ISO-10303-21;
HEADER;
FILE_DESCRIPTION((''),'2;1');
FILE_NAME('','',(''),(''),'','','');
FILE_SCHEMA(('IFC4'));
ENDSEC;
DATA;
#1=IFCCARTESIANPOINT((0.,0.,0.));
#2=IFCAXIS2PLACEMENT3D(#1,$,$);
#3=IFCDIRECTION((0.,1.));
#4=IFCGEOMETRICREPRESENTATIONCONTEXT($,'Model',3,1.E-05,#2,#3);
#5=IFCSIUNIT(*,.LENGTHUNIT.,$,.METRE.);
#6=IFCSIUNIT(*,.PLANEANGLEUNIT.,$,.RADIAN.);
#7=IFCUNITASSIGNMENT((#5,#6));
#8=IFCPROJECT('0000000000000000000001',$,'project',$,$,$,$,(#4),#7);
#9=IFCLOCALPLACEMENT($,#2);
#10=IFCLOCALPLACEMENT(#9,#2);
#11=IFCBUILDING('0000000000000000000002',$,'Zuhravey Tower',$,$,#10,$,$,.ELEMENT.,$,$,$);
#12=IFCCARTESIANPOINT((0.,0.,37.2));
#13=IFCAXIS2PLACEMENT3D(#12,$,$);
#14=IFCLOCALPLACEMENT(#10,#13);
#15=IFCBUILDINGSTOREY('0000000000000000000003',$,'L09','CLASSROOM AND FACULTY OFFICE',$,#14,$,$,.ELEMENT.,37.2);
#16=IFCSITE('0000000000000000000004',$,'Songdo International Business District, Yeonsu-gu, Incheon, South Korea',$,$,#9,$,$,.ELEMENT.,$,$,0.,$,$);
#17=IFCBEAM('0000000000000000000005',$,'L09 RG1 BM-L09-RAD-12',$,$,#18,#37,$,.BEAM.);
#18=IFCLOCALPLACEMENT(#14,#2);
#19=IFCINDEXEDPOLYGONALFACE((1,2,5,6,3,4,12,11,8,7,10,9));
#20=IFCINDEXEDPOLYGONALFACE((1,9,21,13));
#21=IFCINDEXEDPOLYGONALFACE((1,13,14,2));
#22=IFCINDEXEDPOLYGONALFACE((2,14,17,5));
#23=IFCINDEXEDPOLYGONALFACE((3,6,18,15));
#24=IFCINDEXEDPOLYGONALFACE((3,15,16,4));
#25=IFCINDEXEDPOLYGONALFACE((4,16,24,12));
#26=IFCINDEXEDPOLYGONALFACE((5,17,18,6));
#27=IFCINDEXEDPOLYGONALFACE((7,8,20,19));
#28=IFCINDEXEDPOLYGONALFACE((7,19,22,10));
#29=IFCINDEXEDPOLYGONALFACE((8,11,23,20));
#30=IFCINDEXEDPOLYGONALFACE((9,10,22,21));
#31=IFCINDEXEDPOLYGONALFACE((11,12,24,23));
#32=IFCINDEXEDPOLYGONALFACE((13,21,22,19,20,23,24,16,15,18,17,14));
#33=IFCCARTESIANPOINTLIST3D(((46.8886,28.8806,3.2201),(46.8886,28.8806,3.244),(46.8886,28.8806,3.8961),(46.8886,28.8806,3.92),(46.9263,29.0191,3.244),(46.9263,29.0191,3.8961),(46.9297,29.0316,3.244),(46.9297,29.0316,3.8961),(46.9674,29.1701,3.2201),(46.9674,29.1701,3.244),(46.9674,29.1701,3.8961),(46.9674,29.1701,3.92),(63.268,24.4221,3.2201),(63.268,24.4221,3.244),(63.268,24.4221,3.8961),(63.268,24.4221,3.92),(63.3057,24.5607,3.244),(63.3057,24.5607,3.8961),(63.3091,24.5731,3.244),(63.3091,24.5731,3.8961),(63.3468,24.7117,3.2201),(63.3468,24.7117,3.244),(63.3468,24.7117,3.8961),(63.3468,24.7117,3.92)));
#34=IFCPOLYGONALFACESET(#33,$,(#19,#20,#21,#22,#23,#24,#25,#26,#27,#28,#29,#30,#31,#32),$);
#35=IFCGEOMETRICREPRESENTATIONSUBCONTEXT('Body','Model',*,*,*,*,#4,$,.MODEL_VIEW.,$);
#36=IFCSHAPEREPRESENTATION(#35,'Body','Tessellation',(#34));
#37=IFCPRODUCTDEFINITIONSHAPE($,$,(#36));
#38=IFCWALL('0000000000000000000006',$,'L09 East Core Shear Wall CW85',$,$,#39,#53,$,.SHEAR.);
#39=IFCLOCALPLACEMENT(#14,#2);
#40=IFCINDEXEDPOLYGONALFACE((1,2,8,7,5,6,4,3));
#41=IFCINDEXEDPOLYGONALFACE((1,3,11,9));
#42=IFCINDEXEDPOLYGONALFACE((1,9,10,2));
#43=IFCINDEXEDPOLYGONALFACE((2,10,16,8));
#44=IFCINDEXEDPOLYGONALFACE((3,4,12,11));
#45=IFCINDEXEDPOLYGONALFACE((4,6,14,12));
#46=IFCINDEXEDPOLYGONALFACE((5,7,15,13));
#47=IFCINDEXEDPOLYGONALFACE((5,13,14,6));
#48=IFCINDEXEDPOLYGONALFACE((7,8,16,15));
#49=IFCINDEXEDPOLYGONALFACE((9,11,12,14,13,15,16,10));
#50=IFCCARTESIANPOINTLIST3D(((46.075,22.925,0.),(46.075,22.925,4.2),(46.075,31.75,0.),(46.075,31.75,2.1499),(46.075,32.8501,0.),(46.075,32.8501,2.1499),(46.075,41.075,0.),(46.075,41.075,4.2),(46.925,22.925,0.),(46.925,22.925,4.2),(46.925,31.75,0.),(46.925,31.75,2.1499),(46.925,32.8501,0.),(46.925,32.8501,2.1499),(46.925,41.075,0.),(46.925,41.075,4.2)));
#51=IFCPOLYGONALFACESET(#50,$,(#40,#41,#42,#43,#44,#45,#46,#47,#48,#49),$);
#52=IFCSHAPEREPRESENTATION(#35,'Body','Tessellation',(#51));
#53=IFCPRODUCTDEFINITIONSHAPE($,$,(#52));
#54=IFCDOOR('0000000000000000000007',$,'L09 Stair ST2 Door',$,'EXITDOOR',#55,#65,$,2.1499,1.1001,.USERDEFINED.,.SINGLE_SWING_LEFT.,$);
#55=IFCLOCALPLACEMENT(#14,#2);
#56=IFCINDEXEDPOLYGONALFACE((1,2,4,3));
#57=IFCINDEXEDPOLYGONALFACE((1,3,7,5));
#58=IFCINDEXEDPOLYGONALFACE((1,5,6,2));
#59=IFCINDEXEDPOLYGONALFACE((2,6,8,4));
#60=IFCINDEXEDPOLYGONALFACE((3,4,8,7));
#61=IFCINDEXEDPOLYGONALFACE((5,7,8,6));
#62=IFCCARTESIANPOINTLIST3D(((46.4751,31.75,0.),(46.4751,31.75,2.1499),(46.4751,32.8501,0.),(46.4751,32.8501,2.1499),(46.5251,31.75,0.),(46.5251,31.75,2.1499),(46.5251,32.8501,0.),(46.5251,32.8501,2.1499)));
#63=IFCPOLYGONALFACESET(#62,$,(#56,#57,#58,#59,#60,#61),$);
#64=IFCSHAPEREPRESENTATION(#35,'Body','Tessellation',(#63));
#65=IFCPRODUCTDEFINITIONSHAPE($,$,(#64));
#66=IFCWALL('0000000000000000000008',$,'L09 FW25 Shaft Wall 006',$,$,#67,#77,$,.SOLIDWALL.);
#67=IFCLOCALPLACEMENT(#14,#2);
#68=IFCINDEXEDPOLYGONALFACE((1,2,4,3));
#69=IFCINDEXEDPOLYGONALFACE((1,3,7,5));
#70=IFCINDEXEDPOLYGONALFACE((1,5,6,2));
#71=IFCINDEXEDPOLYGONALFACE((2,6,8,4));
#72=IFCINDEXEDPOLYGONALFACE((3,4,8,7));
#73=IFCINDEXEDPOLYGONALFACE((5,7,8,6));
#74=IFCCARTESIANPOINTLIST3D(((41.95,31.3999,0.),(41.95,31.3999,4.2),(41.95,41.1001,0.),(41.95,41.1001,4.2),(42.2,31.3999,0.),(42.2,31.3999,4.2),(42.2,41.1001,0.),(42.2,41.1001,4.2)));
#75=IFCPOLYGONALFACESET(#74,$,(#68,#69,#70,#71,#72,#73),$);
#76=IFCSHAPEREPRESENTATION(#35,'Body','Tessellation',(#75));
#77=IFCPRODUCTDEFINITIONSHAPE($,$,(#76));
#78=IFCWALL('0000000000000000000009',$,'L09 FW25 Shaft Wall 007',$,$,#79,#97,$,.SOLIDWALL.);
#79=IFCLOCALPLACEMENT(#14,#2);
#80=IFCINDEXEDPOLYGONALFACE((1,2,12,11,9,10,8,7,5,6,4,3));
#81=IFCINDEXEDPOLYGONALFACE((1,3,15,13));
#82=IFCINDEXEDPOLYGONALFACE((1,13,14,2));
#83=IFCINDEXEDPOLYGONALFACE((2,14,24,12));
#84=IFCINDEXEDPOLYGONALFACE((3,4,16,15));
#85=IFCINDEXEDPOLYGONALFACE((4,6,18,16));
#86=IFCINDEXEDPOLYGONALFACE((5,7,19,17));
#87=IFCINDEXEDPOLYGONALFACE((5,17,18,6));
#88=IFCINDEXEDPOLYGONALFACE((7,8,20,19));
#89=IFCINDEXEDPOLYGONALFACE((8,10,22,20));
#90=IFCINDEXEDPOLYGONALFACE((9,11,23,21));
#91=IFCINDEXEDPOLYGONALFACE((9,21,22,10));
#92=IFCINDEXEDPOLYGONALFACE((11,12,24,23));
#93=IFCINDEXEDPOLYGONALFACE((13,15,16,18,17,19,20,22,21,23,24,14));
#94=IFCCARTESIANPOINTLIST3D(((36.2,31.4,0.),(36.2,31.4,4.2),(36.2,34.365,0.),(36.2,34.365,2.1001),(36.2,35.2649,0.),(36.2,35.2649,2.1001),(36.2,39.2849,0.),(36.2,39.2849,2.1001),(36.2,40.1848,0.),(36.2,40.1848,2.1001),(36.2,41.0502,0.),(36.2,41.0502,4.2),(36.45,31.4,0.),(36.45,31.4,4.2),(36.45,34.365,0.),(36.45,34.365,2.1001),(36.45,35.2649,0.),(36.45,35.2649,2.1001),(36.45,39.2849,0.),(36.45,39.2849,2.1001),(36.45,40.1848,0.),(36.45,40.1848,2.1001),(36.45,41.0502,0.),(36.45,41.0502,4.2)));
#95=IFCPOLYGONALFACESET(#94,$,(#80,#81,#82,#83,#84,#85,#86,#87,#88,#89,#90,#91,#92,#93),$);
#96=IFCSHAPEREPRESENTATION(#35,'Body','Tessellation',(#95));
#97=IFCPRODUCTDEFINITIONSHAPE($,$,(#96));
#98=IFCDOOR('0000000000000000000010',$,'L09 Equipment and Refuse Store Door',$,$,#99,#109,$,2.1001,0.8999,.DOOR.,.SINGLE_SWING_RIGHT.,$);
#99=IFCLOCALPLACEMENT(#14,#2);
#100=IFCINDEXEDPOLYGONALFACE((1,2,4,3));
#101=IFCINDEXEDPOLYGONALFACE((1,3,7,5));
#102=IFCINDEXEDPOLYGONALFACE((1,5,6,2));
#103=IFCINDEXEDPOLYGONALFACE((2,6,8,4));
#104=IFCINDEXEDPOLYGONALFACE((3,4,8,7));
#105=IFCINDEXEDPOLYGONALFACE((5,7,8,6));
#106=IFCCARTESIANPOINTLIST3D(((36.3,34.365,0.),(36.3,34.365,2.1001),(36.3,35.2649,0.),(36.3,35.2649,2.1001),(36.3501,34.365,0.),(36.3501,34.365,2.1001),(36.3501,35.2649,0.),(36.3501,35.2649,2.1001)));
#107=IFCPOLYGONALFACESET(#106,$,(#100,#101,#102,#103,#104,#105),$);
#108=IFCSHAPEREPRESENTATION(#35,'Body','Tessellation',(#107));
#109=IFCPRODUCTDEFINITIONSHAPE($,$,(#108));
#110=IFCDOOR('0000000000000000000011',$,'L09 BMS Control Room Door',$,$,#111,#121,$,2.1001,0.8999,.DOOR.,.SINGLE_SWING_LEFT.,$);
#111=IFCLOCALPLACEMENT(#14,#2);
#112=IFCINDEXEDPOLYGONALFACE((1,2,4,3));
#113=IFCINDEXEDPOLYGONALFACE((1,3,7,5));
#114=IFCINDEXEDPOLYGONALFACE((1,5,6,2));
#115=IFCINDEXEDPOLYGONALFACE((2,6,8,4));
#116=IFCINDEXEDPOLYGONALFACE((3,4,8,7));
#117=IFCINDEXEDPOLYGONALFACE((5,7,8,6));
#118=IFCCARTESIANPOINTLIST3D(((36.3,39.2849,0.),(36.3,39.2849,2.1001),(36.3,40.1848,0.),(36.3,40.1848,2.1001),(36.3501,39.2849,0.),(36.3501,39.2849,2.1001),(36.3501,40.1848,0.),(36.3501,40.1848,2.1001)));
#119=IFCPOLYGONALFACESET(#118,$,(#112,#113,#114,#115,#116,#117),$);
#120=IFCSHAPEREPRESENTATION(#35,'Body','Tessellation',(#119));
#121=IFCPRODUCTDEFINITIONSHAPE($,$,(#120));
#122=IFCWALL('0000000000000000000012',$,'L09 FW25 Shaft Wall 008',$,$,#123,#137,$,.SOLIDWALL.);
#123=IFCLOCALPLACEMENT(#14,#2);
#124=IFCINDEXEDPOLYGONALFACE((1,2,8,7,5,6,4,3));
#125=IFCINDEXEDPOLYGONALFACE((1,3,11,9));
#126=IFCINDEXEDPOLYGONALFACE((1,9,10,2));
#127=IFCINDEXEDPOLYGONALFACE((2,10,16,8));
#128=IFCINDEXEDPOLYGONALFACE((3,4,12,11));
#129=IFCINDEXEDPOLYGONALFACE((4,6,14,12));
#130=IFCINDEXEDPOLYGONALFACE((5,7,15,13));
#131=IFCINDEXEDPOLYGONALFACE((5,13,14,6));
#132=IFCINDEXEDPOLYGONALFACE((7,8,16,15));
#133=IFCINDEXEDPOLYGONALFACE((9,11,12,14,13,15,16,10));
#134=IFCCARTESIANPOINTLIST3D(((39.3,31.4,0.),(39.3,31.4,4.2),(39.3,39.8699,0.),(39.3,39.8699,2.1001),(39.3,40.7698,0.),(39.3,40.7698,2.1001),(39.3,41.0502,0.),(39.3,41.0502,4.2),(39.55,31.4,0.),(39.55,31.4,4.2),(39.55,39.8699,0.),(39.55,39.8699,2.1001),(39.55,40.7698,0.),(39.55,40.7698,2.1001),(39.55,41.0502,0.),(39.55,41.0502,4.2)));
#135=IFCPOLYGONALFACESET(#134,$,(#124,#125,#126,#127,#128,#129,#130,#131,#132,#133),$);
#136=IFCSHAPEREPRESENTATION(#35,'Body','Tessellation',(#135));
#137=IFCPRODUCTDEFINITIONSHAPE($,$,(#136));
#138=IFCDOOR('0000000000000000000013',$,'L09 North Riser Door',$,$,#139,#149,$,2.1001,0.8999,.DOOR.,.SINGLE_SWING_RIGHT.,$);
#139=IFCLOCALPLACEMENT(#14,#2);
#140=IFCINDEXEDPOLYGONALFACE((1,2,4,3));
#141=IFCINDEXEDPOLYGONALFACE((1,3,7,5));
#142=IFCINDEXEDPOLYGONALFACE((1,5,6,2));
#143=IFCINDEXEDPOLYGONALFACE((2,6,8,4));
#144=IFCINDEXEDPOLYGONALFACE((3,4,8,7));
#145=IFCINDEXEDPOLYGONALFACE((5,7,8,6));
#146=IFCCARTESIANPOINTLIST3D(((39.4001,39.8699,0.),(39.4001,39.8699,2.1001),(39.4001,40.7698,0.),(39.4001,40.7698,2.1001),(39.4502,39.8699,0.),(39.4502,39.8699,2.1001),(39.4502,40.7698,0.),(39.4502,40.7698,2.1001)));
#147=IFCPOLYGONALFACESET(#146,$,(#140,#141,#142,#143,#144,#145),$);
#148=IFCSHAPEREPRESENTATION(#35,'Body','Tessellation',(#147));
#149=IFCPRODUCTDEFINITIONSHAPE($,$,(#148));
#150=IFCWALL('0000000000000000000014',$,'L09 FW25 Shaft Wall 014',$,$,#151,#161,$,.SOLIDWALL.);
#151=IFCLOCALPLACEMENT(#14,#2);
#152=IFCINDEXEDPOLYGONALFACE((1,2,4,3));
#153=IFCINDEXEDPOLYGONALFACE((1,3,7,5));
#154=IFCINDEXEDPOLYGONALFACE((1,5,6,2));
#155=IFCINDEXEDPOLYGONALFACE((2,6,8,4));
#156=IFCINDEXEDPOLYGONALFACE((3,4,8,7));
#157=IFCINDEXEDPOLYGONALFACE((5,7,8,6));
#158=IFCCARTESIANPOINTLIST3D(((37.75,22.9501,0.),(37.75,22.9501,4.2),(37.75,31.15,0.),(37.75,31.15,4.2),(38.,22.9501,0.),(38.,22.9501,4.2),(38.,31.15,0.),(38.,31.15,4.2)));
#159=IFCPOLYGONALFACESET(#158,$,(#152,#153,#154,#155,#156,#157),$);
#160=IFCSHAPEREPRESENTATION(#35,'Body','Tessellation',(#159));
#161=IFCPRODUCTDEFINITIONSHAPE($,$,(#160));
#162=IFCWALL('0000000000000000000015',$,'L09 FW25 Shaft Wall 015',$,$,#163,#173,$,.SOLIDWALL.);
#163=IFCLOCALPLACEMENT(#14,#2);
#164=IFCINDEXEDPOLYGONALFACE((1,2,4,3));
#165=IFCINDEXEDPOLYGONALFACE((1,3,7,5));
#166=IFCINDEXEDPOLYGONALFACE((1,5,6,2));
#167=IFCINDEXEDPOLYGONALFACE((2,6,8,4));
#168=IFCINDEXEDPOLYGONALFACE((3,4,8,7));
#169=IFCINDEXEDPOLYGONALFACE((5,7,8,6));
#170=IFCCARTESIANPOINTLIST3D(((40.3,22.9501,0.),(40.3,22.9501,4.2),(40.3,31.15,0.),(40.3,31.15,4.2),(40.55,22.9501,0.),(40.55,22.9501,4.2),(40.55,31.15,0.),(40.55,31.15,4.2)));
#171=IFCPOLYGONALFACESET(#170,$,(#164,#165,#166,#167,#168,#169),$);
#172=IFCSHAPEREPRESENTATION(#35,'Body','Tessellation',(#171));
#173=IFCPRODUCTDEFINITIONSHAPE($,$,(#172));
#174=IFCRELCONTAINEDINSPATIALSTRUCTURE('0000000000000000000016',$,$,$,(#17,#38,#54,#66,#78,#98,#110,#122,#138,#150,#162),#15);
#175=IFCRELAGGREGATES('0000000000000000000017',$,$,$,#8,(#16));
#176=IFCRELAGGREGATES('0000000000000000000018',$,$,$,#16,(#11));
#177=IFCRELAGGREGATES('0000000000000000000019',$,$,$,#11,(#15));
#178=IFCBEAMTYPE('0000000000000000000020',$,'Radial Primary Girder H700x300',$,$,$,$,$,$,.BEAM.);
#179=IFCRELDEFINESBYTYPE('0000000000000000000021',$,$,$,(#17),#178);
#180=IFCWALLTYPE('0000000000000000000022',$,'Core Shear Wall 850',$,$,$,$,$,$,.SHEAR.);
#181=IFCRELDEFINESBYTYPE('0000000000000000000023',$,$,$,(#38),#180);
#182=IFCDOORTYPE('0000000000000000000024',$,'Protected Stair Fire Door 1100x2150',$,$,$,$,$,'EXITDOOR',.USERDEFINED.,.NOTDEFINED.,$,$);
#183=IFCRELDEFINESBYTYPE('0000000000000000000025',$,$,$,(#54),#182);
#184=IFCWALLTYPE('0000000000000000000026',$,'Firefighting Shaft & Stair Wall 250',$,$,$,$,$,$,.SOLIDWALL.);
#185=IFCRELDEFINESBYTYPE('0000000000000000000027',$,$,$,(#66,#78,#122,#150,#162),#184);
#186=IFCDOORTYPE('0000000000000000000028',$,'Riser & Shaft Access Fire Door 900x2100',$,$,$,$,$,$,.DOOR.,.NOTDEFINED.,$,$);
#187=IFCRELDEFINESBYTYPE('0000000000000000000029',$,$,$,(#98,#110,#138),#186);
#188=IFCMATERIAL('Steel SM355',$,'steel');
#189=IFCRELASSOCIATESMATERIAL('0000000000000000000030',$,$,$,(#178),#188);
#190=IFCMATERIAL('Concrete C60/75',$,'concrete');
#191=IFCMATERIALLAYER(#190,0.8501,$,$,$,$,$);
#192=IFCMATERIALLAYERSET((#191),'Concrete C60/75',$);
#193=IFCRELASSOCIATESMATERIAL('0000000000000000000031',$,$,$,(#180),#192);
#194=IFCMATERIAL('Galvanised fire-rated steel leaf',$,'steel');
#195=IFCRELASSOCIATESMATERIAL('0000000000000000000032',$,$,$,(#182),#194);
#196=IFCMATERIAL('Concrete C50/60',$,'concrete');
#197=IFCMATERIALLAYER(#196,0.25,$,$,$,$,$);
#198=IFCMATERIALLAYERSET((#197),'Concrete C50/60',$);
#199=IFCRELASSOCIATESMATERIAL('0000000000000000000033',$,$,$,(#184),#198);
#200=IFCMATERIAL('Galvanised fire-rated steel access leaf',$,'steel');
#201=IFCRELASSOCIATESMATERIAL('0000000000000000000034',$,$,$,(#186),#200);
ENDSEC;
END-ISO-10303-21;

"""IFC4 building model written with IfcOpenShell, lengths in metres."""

from ifc_helpers import new_model, si_unit, direction, frame, frame_2d, origin, origin_2d, place, context, subcontext, project, spatial, rectangle, i_section, extrude, material, layer, layer_set, material_profile, profile_set, type_object, element, fill, save


model = new_model("IFC4")

# Units and contexts
model_context = context("Model", 3, precision=1e-05, world=origin(), true_north=direction((0.0, 1.0)))
body_context = subcontext(model_context, "Body", "Model", "MODEL_VIEW")
ifc_project = project(units=[si_unit("LENGTHUNIT", "METRE"), si_unit("PLANEANGLEUNIT", "RADIAN")], contexts=[model_context])

# Site, building, storey
site_placement = place(None, origin())
site = spatial("IfcSite", under=ifc_project, at=site_placement, Name="Songdo International Business District, Yeonsu-gu, Incheon, South Korea", CompositionType="ELEMENT", RefElevation=0.0)
building_placement = place(site_placement, origin())
building = spatial("IfcBuilding", under=site, at=building_placement, Name="Zuhravey Tower", CompositionType="ELEMENT")
storey_placement = place(building_placement, frame((0.0, 0.0, 37.2)))
storey = spatial("IfcBuildingStorey", under=building, at=storey_placement, Name="L09", Description="CLASSROOM AND FACULTY OFFICE", CompositionType="ELEMENT", Elevation=37.2)

# Beam
ifc_material_1 = material(Name="Steel SM355", Category="steel")
ifc_material_profile = material_profile(ifc_material_1, i_section(OverallWidth=0.3, OverallDepth=0.7, WebThickness=0.0129, FlangeThickness=0.0239, at=origin_2d()), Name="H-700x300x13x24")
ifc_profile_set = profile_set([ifc_material_profile], Name="Steel SM355")
beam_type = type_object("IfcBeamType", Name="Radial Primary Girder H700x300", PredefinedType="BEAM", material=ifc_profile_set)
beam_placement = place(storey_placement, frame((46.928, 29.0254, 3.5701), z_axis=(0.964892, -0.262645, 0.0), x_axis=(0.262645, 0.964892, 0.0)))
element("IfcBeam", 1, at=beam_placement, inside=storey, type_object=beam_type, Name="L09 RG1 BM-L09-RAD-12", PredefinedType="BEAM", context=body_context, shape_type="SweptSolid", body=[
    extrude(i_section(OverallWidth=0.3, OverallDepth=0.7, WebThickness=0.0129, FlangeThickness=0.0239, at=origin_2d()), origin(), (0.0, 0.0, 1.0), 16.9753),
])

# Wall, opening, door
ifc_material_2 = material(Name="Concrete C60/75", Category="concrete")
ifc_layer_1 = layer(ifc_material_2, 0.8501)
ifc_layer_set_1 = layer_set([ifc_layer_1], Name="Concrete C60/75")
wall_type_1 = type_object("IfcWallType", Name="Core Shear Wall 850", PredefinedType="SHEAR", material=ifc_layer_set_1)
ifc_material_3 = material(Name="Galvanised fire-rated steel leaf", Category="steel")
wall_1_placement = place(storey_placement, frame((46.5, 22.925, 0.0), z_axis=(0.0, 0.0, 1.0), x_axis=(0.0, 1.0, 0.0)))
wall_1 = element("IfcWall", 2, at=wall_1_placement, inside=storey, type_object=wall_type_1, Name="L09 East Core Shear Wall CW85", PredefinedType="SHEAR", context=body_context, shape_type="SweptSolid", body=[
    extrude(rectangle(XDim=18.1499, YDim=0.8501, at=frame_2d((9.075, 0.0))), origin(), (0.0, 0.0, 1.0), 4.2),
])
opening_1_placement = place(wall_1_placement, frame((8.825, 0.0, 0.0)))
opening_1 = element("IfcOpeningElement", 3, at=opening_1_placement, cuts=wall_1, PredefinedType="OPENING", context=body_context, shape_type="SweptSolid", body=[
    extrude(rectangle(XDim=1.1001, YDim=2.1499, at=frame_2d((0.55, 1.075))), frame((0.0, 0.437, 0.0), z_axis=(0.0, -1.0, 0.0), x_axis=(1.0, 0.0, 0.0)), (0.0, 0.0, 1.0), 0.874),
])
door_type_1 = type_object("IfcDoorType", Name="Protected Stair Fire Door 1100x2150", ElementType="EXITDOOR", OperationType="NOTDEFINED", PredefinedType="USERDEFINED", material=ifc_material_3)
door_1_placement = place(opening_1_placement, origin())
door_1 = element("IfcDoor", 4, at=door_1_placement, inside=storey, type_object=door_type_1, Name="L09 Stair ST2 Door", ObjectType="EXITDOOR", OperationType="SINGLE_SWING_LEFT", OverallHeight=2.1499, OverallWidth=1.1001, PredefinedType="USERDEFINED", context=body_context, shape_type="SweptSolid", body=[
    extrude(rectangle(XDim=1.1001, YDim=2.1499, at=frame_2d((0.55, 1.075))), frame((0.0, 0.0249, 0.0), z_axis=(0.0, -1.0, 0.0), x_axis=(1.0, 0.0, 0.0)), (0.0, 0.0, 1.0), 0.05),
])
fill(opening_1, door_1)

# Wall
ifc_material_4 = material(Name="Concrete C50/60", Category="concrete")
ifc_layer_2 = layer(ifc_material_4, 0.25)
ifc_layer_set_2 = layer_set([ifc_layer_2], Name="Concrete C50/60")
wall_type_2 = type_object("IfcWallType", Name="Firefighting Shaft & Stair Wall 250", PredefinedType="SOLIDWALL", material=ifc_layer_set_2)
wall_2_placement = place(storey_placement, frame((42.075, 31.3999, 0.0), z_axis=(0.0, 0.0, 1.0), x_axis=(0.0, 1.0, 0.0)))
element("IfcWall", 5, at=wall_2_placement, inside=storey, type_object=wall_type_2, Name="L09 FW25 Shaft Wall 006", PredefinedType="SOLIDWALL", context=body_context, shape_type="SweptSolid", body=[
    extrude(rectangle(XDim=9.7002, YDim=0.25, at=frame_2d((4.8501, 0.0))), origin(), (0.0, 0.0, 1.0), 4.2),
])

# Wall, openings, doors
wall_3_placement = place(storey_placement, frame((36.325, 31.3999, 0.0), z_axis=(0.0, 0.0, 1.0), x_axis=(0.0, 1.0, 0.0)))
wall_3 = element("IfcWall", 6, at=wall_3_placement, inside=storey, type_object=wall_type_2, Name="L09 FW25 Shaft Wall 007", PredefinedType="SOLIDWALL", context=body_context, shape_type="SweptSolid", body=[
    extrude(rectangle(XDim=9.6501, YDim=0.25, at=frame_2d((4.8252, 0.0))), origin(), (0.0, 0.0, 1.0), 4.2),
])
opening_2_placement = place(wall_3_placement, frame((2.9651, 0.0, 0.0)))
opening_2 = element("IfcOpeningElement", 7, at=opening_2_placement, cuts=wall_3, PredefinedType="OPENING", context=body_context, shape_type="SweptSolid", body=[
    extrude(rectangle(XDim=0.8999, YDim=2.1001, at=frame_2d((0.45, 1.05))), frame((0.0, 0.137, 0.0), z_axis=(0.0, -1.0, 0.0), x_axis=(1.0, 0.0, 0.0)), (0.0, 0.0, 1.0), 0.2739),
])
opening_3_placement = place(wall_3_placement, frame((7.885, 0.0, 0.0)))
opening_3 = element("IfcOpeningElement", 8, at=opening_3_placement, cuts=wall_3, PredefinedType="OPENING", context=body_context, shape_type="SweptSolid", body=[
    extrude(rectangle(XDim=0.8999, YDim=2.1001, at=frame_2d((0.45, 1.05))), frame((0.0, 0.137, 0.0), z_axis=(0.0, -1.0, 0.0), x_axis=(1.0, 0.0, 0.0)), (0.0, 0.0, 1.0), 0.2739),
])
ifc_material_5 = material(Name="Galvanised fire-rated steel access leaf", Category="steel")
door_type_2 = type_object("IfcDoorType", Name="Riser & Shaft Access Fire Door 900x2100", OperationType="NOTDEFINED", PredefinedType="DOOR", material=ifc_material_5)
door_2_placement = place(opening_2_placement, origin())
door_2 = element("IfcDoor", 9, at=door_2_placement, inside=storey, type_object=door_type_2, Name="L09 Equipment and Refuse Store Door", OperationType="SINGLE_SWING_RIGHT", OverallHeight=2.1001, OverallWidth=0.8999, PredefinedType="DOOR", context=body_context, shape_type="SweptSolid", body=[
    extrude(rectangle(XDim=0.8999, YDim=2.1001, at=frame_2d((0.45, 1.05))), frame((0.0, 0.0249, 0.0), z_axis=(0.0, -1.0, 0.0), x_axis=(1.0, 0.0, 0.0)), (0.0, 0.0, 1.0), 0.05),
])
fill(opening_2, door_2)
door_3_placement = place(opening_3_placement, origin())
door_3 = element("IfcDoor", 10, at=door_3_placement, inside=storey, type_object=door_type_2, Name="L09 BMS Control Room Door", OperationType="SINGLE_SWING_LEFT", OverallHeight=2.1001, OverallWidth=0.8999, PredefinedType="DOOR", context=body_context, shape_type="SweptSolid", body=[
    extrude(rectangle(XDim=0.8999, YDim=2.1001, at=frame_2d((0.45, 1.05))), frame((0.0, 0.0249, 0.0), z_axis=(0.0, -1.0, 0.0), x_axis=(1.0, 0.0, 0.0)), (0.0, 0.0, 1.0), 0.05),
])
fill(opening_3, door_3)

# Wall, opening, door
wall_4_placement = place(storey_placement, frame((39.425, 31.3999, 0.0), z_axis=(0.0, 0.0, 1.0), x_axis=(0.0, 1.0, 0.0)))
wall_4 = element("IfcWall", 11, at=wall_4_placement, inside=storey, type_object=wall_type_2, Name="L09 FW25 Shaft Wall 008", PredefinedType="SOLIDWALL", context=body_context, shape_type="SweptSolid", body=[
    extrude(rectangle(XDim=9.6501, YDim=0.25, at=frame_2d((4.8252, 0.0))), origin(), (0.0, 0.0, 1.0), 4.2),
])
opening_4_placement = place(wall_4_placement, frame((8.47, 0.0, 0.0)))
opening_4 = element("IfcOpeningElement", 12, at=opening_4_placement, cuts=wall_4, PredefinedType="OPENING", context=body_context, shape_type="SweptSolid", body=[
    extrude(rectangle(XDim=0.8999, YDim=2.1001, at=frame_2d((0.45, 1.05))), frame((0.0, 0.137, 0.0), z_axis=(0.0, -1.0, 0.0), x_axis=(1.0, 0.0, 0.0)), (0.0, 0.0, 1.0), 0.2739),
])
door_4_placement = place(opening_4_placement, origin())
door_4 = element("IfcDoor", 13, at=door_4_placement, inside=storey, type_object=door_type_2, Name="L09 North Riser Door", OperationType="SINGLE_SWING_RIGHT", OverallHeight=2.1001, OverallWidth=0.8999, PredefinedType="DOOR", context=body_context, shape_type="SweptSolid", body=[
    extrude(rectangle(XDim=0.8999, YDim=2.1001, at=frame_2d((0.45, 1.05))), frame((0.0, 0.0249, 0.0), z_axis=(0.0, -1.0, 0.0), x_axis=(1.0, 0.0, 0.0)), (0.0, 0.0, 1.0), 0.05),
])
fill(opening_4, door_4)

# Walls
for number, where, z_axis, x_axis, name in (
    (14, (37.875, 22.95, 0.0), (0.0, 0.0, 1.0), (0.0, 1.0, 0.0), "L09 FW25 Shaft Wall 014"),
    (15, (40.425, 22.95, 0.0), (0.0, 0.0, 1.0), (0.0, 1.0, 0.0), "L09 FW25 Shaft Wall 015"),
):
    element("IfcWall", number, at=place(storey_placement, frame(where, z_axis=z_axis, x_axis=x_axis)), inside=storey, type_object=wall_type_2, Name=name, PredefinedType="SOLIDWALL", context=body_context, shape_type="SweptSolid", body=[
        extrude(rectangle(XDim=8.2, YDim=0.25, at=frame_2d((4.1001, 0.0))), origin(), (0.0, 0.0, 1.0), 4.2),
    ])

save(model, "model.ifc")
